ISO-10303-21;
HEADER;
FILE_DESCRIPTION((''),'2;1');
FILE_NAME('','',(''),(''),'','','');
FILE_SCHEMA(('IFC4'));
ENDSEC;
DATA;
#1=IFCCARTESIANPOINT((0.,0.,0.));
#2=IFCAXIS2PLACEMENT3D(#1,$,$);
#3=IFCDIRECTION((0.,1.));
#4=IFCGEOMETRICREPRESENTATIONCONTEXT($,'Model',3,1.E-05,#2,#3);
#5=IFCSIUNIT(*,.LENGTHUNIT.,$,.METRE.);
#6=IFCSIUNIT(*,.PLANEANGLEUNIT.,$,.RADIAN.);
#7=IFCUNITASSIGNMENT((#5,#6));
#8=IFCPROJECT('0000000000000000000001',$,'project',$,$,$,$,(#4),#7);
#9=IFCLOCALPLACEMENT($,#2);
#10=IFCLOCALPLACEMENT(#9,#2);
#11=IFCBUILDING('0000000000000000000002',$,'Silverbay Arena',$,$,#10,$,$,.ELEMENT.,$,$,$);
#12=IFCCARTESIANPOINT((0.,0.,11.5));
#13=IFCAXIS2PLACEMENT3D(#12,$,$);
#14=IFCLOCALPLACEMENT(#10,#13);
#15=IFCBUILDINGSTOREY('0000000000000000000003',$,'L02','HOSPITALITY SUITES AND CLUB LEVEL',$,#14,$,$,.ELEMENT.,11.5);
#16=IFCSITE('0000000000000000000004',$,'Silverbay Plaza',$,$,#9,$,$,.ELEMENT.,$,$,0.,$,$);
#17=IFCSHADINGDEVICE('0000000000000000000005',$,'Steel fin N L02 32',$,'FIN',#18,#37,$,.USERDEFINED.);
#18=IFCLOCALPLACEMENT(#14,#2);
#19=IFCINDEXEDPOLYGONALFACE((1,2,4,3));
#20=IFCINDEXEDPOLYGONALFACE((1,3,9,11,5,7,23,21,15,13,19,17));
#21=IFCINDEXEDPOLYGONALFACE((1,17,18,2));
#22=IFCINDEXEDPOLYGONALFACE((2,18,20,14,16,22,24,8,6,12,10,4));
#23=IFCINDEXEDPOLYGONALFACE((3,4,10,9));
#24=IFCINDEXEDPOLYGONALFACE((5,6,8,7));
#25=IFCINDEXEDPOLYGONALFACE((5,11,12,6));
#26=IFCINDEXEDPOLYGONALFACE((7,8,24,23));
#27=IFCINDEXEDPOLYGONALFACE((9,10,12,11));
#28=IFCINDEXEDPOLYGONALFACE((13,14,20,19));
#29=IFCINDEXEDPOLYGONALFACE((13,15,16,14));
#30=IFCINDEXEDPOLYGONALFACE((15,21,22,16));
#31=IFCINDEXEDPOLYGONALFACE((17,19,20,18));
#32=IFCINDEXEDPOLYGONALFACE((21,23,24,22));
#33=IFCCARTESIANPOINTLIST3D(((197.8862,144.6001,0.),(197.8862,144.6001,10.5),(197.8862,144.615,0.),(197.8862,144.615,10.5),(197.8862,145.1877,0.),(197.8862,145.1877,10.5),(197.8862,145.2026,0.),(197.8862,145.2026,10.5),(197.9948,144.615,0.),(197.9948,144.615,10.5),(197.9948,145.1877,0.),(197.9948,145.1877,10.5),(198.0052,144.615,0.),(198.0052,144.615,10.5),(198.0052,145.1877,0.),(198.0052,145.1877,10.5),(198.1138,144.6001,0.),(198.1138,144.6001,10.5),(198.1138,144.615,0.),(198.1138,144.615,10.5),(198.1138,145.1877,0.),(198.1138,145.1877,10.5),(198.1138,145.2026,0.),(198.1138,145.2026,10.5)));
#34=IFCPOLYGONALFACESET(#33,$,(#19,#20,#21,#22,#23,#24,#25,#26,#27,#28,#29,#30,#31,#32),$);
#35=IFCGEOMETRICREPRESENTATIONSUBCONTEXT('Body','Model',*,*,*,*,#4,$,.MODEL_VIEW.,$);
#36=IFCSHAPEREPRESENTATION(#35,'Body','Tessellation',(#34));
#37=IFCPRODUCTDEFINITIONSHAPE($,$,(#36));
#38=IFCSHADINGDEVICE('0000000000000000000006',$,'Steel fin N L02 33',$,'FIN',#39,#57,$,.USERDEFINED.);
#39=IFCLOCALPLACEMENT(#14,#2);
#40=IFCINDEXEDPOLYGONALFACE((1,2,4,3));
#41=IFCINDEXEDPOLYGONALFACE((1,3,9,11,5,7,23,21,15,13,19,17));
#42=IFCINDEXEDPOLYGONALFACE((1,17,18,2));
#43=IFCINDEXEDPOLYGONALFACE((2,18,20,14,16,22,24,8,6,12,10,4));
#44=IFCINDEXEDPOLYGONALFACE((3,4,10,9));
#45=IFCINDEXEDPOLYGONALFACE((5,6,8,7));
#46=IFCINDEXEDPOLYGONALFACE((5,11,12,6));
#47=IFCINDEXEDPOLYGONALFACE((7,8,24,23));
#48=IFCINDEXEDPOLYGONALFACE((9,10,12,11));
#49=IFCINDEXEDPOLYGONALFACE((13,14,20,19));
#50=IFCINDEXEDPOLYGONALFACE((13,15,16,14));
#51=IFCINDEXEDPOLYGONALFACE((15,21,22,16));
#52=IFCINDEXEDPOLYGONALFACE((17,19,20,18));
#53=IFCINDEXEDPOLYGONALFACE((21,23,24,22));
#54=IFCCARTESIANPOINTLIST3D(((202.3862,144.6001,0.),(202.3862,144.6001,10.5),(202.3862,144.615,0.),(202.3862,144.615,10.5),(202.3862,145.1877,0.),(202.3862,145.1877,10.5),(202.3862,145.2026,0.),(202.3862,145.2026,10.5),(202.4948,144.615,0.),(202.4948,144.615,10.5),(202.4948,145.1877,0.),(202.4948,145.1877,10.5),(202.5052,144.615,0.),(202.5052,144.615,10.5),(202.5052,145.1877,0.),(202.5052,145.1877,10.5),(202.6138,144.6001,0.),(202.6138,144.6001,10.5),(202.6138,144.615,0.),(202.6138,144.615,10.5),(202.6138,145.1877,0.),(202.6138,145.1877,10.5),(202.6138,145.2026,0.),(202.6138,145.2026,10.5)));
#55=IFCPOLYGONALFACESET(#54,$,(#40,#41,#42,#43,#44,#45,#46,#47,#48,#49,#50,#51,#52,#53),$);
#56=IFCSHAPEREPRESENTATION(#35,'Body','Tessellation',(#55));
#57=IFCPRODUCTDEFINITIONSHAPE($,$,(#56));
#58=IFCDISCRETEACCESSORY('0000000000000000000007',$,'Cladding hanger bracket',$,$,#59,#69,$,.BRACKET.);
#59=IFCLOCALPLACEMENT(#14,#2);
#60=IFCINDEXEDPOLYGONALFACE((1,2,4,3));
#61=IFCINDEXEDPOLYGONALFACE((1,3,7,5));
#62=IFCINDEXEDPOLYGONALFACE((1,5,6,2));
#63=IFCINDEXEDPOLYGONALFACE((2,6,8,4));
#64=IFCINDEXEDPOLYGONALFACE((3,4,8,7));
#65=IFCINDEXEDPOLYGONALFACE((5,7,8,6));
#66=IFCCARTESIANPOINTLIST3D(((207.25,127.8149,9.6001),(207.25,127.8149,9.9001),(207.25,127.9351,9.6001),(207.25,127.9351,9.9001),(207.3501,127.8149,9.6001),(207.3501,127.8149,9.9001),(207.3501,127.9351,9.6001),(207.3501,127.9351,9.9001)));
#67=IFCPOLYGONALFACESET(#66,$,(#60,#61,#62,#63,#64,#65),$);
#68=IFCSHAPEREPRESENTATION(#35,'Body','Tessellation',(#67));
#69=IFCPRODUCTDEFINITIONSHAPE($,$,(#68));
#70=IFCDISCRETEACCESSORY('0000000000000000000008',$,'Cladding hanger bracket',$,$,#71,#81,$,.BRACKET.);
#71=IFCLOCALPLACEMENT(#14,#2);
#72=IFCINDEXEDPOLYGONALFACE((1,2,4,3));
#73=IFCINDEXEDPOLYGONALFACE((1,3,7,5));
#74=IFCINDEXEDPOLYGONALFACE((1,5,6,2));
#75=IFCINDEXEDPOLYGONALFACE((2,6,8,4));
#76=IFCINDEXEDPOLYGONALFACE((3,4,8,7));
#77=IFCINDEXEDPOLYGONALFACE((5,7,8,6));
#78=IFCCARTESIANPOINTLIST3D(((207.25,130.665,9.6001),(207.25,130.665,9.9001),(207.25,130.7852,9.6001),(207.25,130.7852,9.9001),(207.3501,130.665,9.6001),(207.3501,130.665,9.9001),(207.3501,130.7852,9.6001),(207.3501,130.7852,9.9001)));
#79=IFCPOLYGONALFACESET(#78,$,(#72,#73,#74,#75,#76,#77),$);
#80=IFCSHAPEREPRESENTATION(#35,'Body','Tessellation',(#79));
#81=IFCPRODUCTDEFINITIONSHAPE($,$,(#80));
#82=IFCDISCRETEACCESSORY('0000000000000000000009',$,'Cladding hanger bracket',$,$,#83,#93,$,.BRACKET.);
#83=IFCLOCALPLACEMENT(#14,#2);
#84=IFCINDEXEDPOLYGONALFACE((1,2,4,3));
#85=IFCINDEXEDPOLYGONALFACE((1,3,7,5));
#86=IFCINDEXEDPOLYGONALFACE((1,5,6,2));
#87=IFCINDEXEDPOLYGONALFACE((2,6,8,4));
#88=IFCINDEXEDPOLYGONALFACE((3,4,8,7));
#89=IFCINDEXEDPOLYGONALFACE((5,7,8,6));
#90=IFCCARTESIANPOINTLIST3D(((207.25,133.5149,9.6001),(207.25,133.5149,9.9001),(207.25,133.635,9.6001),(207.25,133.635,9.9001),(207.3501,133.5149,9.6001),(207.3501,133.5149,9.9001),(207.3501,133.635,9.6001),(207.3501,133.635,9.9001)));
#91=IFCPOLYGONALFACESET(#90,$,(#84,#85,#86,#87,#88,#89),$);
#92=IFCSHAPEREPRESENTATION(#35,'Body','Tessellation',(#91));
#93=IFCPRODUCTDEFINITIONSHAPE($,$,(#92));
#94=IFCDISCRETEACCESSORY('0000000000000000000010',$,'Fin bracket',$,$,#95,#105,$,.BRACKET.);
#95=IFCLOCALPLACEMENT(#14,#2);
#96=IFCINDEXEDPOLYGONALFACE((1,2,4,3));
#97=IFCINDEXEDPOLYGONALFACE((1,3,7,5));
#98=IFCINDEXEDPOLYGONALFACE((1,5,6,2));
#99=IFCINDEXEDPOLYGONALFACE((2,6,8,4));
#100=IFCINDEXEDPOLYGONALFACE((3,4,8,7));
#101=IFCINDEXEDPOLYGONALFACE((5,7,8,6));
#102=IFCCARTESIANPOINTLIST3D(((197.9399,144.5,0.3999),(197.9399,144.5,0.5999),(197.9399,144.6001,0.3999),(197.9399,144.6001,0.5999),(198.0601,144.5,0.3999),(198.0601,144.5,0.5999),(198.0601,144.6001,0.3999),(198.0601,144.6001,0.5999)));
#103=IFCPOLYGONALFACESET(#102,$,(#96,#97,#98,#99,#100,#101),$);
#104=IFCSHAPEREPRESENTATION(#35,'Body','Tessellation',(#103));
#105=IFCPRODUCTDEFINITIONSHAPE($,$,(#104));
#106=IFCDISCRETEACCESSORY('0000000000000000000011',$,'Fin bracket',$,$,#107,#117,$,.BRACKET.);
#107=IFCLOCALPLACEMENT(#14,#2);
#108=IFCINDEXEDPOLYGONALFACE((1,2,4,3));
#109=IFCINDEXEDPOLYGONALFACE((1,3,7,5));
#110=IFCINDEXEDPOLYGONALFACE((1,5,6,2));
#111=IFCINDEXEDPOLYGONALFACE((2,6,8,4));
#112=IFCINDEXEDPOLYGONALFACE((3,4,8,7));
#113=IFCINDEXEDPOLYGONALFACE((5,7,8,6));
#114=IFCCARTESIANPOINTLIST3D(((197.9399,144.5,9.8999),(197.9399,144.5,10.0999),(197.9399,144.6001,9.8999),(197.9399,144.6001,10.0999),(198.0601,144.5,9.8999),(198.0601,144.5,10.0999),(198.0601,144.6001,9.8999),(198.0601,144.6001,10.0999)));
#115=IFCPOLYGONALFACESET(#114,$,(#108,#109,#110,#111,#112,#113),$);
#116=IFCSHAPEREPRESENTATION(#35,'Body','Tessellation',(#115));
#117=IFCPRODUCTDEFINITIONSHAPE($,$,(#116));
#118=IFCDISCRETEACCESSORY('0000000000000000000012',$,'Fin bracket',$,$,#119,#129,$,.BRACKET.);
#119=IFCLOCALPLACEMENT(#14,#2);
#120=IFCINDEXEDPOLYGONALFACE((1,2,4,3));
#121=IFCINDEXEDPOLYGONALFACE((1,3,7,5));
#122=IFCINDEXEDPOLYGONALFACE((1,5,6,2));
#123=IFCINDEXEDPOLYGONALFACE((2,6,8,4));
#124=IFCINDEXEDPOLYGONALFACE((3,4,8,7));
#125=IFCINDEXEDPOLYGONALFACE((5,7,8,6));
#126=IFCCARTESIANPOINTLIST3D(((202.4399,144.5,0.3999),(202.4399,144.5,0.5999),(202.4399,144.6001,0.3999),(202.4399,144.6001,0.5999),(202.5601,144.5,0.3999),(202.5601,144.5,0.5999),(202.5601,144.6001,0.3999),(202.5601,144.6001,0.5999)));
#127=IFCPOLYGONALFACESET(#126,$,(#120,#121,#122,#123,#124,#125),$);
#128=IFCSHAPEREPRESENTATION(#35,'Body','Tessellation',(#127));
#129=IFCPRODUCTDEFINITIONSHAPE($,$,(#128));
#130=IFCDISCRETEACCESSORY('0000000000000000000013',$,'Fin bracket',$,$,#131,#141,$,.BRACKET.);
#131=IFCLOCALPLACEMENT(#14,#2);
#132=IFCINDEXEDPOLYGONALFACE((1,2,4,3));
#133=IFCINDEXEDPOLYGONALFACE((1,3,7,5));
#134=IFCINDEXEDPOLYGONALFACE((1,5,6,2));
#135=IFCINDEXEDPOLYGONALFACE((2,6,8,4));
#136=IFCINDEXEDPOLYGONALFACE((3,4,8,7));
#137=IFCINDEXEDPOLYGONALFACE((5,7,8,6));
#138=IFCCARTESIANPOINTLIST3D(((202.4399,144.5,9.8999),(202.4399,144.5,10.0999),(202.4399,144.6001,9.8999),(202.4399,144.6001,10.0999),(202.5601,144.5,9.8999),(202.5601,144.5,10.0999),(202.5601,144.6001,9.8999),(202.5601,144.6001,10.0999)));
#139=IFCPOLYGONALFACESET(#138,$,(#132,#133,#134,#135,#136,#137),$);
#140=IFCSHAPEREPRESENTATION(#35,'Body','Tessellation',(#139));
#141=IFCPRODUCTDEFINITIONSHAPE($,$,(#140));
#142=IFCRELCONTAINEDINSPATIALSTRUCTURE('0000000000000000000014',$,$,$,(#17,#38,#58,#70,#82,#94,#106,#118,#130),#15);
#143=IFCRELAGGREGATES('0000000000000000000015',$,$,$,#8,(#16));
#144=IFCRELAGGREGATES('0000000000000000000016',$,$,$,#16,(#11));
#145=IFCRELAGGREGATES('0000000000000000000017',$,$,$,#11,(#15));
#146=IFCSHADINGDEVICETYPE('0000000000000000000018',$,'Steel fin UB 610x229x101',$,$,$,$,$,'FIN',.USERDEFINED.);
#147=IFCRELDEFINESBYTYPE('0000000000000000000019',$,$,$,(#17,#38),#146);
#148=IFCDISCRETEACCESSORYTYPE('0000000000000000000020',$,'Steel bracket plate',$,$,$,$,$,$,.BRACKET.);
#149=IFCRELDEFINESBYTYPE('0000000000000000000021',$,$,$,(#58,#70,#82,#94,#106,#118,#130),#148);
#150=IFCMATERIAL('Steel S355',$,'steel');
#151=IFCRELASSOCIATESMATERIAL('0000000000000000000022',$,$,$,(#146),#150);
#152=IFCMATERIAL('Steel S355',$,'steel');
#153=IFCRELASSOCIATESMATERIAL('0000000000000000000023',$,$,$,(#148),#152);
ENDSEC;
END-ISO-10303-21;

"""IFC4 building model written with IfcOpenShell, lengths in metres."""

from ifc_helpers import new_model, si_unit, direction, frame, origin, origin_2d, place, context, subcontext, project, spatial, rectangle, i_section, extrude, material, material_profile, profile_set, type_object, element, save


model = new_model("IFC4")

# Units and contexts
model_context = context("Model", 3, precision=1e-05, world=origin(), true_north=direction((0.0, 1.0)))
body_context = subcontext(model_context, "Body", "Model", "MODEL_VIEW")
ifc_project = project(units=[si_unit("LENGTHUNIT", "METRE"), si_unit("PLANEANGLEUNIT", "RADIAN")], contexts=[model_context])

# Site, building, storey
site_placement = place(None, origin())
site = spatial("IfcSite", under=ifc_project, at=site_placement, Name="Silverbay Plaza", CompositionType="ELEMENT", RefElevation=0.0)
building_placement = place(site_placement, origin())
building = spatial("IfcBuilding", under=site, at=building_placement, Name="Silverbay Arena", CompositionType="ELEMENT")
storey_placement = place(building_placement, frame((0.0, 0.0, 11.5)))
storey = spatial("IfcBuildingStorey", under=building, at=storey_placement, Name="L02", Description="HOSPITALITY SUITES AND CLUB LEVEL", CompositionType="ELEMENT", Elevation=11.5)

# Shading devices
ifc_material_1 = material(Name="Steel S355", Category="steel")
ifc_material_profile_1 = material_profile(ifc_material_1, i_section(OverallWidth=0.2275, OverallDepth=0.6025, WebThickness=0.0105, FlangeThickness=0.0149, at=origin_2d()), Name="UB 610x229x101")
ifc_profile_set_1 = profile_set([ifc_material_profile_1], Name="Steel S355")
shading_device_type = type_object("IfcShadingDeviceType", Name="Steel fin UB 610x229x101", ElementType="FIN", PredefinedType="USERDEFINED", material=ifc_profile_set_1)
for number, where, z_axis, x_axis, name in (
    (1, (198.0, 144.9014, 0.0), (0.0, 0.0, 1.0), (1.0, 0.0, 0.0), "Steel fin N L02 32"),
    (2, (202.5, 144.9014, 0.0), (0.0, 0.0, 1.0), (1.0, 0.0, 0.0), "Steel fin N L02 33"),
):
    element("IfcShadingDevice", number, at=place(storey_placement, frame(where, z_axis=z_axis, x_axis=x_axis)), inside=storey, type_object=shading_device_type, Name=name, ObjectType="FIN", PredefinedType="USERDEFINED", context=body_context, shape_type="SweptSolid", body=[
        extrude(i_section(OverallWidth=0.2275, OverallDepth=0.6025, WebThickness=0.0105, FlangeThickness=0.0149, at=origin_2d()), origin(), (0.0, 0.0, 1.0), 10.5),
    ])

# Discrete accessories
ifc_material_2 = material(Name="Steel S355", Category="steel")
discrete_accessory_type = type_object("IfcDiscreteAccessoryType", Name="Steel bracket plate", PredefinedType="BRACKET", material=ifc_material_2)
for number, where, z_axis, x_axis, name in (
    (3, (207.3, 127.875, 9.6001), (0.0, 0.0, 1.0), (1.0, 0.0, 0.0), "Cladding hanger bracket"),
    (4, (207.3, 130.7251, 9.6001), (0.0, 0.0, 1.0), (1.0, 0.0, 0.0), "Cladding hanger bracket"),
    (5, (207.3, 133.575, 9.6001), (0.0, 0.0, 1.0), (1.0, 0.0, 0.0), "Cladding hanger bracket"),
):
    element("IfcDiscreteAccessory", number, at=place(storey_placement, frame(where, z_axis=z_axis, x_axis=x_axis)), inside=storey, type_object=discrete_accessory_type, Name=name, PredefinedType="BRACKET", context=body_context, shape_type="SweptSolid", body=[
        extrude(rectangle(XDim=0.1001, YDim=0.1201, at=origin_2d()), origin(), (0.0, 0.0, 1.0), 0.3),
    ])
for number, where, z_axis, x_axis, name in (
    (6, (198.0, 144.55, 0.3999), (0.0, 0.0, 1.0), (1.0, 0.0, 0.0), "Fin bracket"),
    (7, (198.0, 144.55, 9.8999), (0.0, 0.0, 1.0), (1.0, 0.0, 0.0), "Fin bracket"),
    (8, (202.5, 144.55, 0.3999), (0.0, 0.0, 1.0), (1.0, 0.0, 0.0), "Fin bracket"),
    (9, (202.5, 144.55, 9.8999), (0.0, 0.0, 1.0), (1.0, 0.0, 0.0), "Fin bracket"),
):
    element("IfcDiscreteAccessory", number, at=place(storey_placement, frame(where, z_axis=z_axis, x_axis=x_axis)), inside=storey, type_object=discrete_accessory_type, Name=name, PredefinedType="BRACKET", context=body_context, shape_type="SweptSolid", body=[
        extrude(rectangle(XDim=0.1201, YDim=0.1001, at=origin_2d()), origin(), (0.0, 0.0, 1.0), 0.2),
    ])

save(model, "model.ifc")
